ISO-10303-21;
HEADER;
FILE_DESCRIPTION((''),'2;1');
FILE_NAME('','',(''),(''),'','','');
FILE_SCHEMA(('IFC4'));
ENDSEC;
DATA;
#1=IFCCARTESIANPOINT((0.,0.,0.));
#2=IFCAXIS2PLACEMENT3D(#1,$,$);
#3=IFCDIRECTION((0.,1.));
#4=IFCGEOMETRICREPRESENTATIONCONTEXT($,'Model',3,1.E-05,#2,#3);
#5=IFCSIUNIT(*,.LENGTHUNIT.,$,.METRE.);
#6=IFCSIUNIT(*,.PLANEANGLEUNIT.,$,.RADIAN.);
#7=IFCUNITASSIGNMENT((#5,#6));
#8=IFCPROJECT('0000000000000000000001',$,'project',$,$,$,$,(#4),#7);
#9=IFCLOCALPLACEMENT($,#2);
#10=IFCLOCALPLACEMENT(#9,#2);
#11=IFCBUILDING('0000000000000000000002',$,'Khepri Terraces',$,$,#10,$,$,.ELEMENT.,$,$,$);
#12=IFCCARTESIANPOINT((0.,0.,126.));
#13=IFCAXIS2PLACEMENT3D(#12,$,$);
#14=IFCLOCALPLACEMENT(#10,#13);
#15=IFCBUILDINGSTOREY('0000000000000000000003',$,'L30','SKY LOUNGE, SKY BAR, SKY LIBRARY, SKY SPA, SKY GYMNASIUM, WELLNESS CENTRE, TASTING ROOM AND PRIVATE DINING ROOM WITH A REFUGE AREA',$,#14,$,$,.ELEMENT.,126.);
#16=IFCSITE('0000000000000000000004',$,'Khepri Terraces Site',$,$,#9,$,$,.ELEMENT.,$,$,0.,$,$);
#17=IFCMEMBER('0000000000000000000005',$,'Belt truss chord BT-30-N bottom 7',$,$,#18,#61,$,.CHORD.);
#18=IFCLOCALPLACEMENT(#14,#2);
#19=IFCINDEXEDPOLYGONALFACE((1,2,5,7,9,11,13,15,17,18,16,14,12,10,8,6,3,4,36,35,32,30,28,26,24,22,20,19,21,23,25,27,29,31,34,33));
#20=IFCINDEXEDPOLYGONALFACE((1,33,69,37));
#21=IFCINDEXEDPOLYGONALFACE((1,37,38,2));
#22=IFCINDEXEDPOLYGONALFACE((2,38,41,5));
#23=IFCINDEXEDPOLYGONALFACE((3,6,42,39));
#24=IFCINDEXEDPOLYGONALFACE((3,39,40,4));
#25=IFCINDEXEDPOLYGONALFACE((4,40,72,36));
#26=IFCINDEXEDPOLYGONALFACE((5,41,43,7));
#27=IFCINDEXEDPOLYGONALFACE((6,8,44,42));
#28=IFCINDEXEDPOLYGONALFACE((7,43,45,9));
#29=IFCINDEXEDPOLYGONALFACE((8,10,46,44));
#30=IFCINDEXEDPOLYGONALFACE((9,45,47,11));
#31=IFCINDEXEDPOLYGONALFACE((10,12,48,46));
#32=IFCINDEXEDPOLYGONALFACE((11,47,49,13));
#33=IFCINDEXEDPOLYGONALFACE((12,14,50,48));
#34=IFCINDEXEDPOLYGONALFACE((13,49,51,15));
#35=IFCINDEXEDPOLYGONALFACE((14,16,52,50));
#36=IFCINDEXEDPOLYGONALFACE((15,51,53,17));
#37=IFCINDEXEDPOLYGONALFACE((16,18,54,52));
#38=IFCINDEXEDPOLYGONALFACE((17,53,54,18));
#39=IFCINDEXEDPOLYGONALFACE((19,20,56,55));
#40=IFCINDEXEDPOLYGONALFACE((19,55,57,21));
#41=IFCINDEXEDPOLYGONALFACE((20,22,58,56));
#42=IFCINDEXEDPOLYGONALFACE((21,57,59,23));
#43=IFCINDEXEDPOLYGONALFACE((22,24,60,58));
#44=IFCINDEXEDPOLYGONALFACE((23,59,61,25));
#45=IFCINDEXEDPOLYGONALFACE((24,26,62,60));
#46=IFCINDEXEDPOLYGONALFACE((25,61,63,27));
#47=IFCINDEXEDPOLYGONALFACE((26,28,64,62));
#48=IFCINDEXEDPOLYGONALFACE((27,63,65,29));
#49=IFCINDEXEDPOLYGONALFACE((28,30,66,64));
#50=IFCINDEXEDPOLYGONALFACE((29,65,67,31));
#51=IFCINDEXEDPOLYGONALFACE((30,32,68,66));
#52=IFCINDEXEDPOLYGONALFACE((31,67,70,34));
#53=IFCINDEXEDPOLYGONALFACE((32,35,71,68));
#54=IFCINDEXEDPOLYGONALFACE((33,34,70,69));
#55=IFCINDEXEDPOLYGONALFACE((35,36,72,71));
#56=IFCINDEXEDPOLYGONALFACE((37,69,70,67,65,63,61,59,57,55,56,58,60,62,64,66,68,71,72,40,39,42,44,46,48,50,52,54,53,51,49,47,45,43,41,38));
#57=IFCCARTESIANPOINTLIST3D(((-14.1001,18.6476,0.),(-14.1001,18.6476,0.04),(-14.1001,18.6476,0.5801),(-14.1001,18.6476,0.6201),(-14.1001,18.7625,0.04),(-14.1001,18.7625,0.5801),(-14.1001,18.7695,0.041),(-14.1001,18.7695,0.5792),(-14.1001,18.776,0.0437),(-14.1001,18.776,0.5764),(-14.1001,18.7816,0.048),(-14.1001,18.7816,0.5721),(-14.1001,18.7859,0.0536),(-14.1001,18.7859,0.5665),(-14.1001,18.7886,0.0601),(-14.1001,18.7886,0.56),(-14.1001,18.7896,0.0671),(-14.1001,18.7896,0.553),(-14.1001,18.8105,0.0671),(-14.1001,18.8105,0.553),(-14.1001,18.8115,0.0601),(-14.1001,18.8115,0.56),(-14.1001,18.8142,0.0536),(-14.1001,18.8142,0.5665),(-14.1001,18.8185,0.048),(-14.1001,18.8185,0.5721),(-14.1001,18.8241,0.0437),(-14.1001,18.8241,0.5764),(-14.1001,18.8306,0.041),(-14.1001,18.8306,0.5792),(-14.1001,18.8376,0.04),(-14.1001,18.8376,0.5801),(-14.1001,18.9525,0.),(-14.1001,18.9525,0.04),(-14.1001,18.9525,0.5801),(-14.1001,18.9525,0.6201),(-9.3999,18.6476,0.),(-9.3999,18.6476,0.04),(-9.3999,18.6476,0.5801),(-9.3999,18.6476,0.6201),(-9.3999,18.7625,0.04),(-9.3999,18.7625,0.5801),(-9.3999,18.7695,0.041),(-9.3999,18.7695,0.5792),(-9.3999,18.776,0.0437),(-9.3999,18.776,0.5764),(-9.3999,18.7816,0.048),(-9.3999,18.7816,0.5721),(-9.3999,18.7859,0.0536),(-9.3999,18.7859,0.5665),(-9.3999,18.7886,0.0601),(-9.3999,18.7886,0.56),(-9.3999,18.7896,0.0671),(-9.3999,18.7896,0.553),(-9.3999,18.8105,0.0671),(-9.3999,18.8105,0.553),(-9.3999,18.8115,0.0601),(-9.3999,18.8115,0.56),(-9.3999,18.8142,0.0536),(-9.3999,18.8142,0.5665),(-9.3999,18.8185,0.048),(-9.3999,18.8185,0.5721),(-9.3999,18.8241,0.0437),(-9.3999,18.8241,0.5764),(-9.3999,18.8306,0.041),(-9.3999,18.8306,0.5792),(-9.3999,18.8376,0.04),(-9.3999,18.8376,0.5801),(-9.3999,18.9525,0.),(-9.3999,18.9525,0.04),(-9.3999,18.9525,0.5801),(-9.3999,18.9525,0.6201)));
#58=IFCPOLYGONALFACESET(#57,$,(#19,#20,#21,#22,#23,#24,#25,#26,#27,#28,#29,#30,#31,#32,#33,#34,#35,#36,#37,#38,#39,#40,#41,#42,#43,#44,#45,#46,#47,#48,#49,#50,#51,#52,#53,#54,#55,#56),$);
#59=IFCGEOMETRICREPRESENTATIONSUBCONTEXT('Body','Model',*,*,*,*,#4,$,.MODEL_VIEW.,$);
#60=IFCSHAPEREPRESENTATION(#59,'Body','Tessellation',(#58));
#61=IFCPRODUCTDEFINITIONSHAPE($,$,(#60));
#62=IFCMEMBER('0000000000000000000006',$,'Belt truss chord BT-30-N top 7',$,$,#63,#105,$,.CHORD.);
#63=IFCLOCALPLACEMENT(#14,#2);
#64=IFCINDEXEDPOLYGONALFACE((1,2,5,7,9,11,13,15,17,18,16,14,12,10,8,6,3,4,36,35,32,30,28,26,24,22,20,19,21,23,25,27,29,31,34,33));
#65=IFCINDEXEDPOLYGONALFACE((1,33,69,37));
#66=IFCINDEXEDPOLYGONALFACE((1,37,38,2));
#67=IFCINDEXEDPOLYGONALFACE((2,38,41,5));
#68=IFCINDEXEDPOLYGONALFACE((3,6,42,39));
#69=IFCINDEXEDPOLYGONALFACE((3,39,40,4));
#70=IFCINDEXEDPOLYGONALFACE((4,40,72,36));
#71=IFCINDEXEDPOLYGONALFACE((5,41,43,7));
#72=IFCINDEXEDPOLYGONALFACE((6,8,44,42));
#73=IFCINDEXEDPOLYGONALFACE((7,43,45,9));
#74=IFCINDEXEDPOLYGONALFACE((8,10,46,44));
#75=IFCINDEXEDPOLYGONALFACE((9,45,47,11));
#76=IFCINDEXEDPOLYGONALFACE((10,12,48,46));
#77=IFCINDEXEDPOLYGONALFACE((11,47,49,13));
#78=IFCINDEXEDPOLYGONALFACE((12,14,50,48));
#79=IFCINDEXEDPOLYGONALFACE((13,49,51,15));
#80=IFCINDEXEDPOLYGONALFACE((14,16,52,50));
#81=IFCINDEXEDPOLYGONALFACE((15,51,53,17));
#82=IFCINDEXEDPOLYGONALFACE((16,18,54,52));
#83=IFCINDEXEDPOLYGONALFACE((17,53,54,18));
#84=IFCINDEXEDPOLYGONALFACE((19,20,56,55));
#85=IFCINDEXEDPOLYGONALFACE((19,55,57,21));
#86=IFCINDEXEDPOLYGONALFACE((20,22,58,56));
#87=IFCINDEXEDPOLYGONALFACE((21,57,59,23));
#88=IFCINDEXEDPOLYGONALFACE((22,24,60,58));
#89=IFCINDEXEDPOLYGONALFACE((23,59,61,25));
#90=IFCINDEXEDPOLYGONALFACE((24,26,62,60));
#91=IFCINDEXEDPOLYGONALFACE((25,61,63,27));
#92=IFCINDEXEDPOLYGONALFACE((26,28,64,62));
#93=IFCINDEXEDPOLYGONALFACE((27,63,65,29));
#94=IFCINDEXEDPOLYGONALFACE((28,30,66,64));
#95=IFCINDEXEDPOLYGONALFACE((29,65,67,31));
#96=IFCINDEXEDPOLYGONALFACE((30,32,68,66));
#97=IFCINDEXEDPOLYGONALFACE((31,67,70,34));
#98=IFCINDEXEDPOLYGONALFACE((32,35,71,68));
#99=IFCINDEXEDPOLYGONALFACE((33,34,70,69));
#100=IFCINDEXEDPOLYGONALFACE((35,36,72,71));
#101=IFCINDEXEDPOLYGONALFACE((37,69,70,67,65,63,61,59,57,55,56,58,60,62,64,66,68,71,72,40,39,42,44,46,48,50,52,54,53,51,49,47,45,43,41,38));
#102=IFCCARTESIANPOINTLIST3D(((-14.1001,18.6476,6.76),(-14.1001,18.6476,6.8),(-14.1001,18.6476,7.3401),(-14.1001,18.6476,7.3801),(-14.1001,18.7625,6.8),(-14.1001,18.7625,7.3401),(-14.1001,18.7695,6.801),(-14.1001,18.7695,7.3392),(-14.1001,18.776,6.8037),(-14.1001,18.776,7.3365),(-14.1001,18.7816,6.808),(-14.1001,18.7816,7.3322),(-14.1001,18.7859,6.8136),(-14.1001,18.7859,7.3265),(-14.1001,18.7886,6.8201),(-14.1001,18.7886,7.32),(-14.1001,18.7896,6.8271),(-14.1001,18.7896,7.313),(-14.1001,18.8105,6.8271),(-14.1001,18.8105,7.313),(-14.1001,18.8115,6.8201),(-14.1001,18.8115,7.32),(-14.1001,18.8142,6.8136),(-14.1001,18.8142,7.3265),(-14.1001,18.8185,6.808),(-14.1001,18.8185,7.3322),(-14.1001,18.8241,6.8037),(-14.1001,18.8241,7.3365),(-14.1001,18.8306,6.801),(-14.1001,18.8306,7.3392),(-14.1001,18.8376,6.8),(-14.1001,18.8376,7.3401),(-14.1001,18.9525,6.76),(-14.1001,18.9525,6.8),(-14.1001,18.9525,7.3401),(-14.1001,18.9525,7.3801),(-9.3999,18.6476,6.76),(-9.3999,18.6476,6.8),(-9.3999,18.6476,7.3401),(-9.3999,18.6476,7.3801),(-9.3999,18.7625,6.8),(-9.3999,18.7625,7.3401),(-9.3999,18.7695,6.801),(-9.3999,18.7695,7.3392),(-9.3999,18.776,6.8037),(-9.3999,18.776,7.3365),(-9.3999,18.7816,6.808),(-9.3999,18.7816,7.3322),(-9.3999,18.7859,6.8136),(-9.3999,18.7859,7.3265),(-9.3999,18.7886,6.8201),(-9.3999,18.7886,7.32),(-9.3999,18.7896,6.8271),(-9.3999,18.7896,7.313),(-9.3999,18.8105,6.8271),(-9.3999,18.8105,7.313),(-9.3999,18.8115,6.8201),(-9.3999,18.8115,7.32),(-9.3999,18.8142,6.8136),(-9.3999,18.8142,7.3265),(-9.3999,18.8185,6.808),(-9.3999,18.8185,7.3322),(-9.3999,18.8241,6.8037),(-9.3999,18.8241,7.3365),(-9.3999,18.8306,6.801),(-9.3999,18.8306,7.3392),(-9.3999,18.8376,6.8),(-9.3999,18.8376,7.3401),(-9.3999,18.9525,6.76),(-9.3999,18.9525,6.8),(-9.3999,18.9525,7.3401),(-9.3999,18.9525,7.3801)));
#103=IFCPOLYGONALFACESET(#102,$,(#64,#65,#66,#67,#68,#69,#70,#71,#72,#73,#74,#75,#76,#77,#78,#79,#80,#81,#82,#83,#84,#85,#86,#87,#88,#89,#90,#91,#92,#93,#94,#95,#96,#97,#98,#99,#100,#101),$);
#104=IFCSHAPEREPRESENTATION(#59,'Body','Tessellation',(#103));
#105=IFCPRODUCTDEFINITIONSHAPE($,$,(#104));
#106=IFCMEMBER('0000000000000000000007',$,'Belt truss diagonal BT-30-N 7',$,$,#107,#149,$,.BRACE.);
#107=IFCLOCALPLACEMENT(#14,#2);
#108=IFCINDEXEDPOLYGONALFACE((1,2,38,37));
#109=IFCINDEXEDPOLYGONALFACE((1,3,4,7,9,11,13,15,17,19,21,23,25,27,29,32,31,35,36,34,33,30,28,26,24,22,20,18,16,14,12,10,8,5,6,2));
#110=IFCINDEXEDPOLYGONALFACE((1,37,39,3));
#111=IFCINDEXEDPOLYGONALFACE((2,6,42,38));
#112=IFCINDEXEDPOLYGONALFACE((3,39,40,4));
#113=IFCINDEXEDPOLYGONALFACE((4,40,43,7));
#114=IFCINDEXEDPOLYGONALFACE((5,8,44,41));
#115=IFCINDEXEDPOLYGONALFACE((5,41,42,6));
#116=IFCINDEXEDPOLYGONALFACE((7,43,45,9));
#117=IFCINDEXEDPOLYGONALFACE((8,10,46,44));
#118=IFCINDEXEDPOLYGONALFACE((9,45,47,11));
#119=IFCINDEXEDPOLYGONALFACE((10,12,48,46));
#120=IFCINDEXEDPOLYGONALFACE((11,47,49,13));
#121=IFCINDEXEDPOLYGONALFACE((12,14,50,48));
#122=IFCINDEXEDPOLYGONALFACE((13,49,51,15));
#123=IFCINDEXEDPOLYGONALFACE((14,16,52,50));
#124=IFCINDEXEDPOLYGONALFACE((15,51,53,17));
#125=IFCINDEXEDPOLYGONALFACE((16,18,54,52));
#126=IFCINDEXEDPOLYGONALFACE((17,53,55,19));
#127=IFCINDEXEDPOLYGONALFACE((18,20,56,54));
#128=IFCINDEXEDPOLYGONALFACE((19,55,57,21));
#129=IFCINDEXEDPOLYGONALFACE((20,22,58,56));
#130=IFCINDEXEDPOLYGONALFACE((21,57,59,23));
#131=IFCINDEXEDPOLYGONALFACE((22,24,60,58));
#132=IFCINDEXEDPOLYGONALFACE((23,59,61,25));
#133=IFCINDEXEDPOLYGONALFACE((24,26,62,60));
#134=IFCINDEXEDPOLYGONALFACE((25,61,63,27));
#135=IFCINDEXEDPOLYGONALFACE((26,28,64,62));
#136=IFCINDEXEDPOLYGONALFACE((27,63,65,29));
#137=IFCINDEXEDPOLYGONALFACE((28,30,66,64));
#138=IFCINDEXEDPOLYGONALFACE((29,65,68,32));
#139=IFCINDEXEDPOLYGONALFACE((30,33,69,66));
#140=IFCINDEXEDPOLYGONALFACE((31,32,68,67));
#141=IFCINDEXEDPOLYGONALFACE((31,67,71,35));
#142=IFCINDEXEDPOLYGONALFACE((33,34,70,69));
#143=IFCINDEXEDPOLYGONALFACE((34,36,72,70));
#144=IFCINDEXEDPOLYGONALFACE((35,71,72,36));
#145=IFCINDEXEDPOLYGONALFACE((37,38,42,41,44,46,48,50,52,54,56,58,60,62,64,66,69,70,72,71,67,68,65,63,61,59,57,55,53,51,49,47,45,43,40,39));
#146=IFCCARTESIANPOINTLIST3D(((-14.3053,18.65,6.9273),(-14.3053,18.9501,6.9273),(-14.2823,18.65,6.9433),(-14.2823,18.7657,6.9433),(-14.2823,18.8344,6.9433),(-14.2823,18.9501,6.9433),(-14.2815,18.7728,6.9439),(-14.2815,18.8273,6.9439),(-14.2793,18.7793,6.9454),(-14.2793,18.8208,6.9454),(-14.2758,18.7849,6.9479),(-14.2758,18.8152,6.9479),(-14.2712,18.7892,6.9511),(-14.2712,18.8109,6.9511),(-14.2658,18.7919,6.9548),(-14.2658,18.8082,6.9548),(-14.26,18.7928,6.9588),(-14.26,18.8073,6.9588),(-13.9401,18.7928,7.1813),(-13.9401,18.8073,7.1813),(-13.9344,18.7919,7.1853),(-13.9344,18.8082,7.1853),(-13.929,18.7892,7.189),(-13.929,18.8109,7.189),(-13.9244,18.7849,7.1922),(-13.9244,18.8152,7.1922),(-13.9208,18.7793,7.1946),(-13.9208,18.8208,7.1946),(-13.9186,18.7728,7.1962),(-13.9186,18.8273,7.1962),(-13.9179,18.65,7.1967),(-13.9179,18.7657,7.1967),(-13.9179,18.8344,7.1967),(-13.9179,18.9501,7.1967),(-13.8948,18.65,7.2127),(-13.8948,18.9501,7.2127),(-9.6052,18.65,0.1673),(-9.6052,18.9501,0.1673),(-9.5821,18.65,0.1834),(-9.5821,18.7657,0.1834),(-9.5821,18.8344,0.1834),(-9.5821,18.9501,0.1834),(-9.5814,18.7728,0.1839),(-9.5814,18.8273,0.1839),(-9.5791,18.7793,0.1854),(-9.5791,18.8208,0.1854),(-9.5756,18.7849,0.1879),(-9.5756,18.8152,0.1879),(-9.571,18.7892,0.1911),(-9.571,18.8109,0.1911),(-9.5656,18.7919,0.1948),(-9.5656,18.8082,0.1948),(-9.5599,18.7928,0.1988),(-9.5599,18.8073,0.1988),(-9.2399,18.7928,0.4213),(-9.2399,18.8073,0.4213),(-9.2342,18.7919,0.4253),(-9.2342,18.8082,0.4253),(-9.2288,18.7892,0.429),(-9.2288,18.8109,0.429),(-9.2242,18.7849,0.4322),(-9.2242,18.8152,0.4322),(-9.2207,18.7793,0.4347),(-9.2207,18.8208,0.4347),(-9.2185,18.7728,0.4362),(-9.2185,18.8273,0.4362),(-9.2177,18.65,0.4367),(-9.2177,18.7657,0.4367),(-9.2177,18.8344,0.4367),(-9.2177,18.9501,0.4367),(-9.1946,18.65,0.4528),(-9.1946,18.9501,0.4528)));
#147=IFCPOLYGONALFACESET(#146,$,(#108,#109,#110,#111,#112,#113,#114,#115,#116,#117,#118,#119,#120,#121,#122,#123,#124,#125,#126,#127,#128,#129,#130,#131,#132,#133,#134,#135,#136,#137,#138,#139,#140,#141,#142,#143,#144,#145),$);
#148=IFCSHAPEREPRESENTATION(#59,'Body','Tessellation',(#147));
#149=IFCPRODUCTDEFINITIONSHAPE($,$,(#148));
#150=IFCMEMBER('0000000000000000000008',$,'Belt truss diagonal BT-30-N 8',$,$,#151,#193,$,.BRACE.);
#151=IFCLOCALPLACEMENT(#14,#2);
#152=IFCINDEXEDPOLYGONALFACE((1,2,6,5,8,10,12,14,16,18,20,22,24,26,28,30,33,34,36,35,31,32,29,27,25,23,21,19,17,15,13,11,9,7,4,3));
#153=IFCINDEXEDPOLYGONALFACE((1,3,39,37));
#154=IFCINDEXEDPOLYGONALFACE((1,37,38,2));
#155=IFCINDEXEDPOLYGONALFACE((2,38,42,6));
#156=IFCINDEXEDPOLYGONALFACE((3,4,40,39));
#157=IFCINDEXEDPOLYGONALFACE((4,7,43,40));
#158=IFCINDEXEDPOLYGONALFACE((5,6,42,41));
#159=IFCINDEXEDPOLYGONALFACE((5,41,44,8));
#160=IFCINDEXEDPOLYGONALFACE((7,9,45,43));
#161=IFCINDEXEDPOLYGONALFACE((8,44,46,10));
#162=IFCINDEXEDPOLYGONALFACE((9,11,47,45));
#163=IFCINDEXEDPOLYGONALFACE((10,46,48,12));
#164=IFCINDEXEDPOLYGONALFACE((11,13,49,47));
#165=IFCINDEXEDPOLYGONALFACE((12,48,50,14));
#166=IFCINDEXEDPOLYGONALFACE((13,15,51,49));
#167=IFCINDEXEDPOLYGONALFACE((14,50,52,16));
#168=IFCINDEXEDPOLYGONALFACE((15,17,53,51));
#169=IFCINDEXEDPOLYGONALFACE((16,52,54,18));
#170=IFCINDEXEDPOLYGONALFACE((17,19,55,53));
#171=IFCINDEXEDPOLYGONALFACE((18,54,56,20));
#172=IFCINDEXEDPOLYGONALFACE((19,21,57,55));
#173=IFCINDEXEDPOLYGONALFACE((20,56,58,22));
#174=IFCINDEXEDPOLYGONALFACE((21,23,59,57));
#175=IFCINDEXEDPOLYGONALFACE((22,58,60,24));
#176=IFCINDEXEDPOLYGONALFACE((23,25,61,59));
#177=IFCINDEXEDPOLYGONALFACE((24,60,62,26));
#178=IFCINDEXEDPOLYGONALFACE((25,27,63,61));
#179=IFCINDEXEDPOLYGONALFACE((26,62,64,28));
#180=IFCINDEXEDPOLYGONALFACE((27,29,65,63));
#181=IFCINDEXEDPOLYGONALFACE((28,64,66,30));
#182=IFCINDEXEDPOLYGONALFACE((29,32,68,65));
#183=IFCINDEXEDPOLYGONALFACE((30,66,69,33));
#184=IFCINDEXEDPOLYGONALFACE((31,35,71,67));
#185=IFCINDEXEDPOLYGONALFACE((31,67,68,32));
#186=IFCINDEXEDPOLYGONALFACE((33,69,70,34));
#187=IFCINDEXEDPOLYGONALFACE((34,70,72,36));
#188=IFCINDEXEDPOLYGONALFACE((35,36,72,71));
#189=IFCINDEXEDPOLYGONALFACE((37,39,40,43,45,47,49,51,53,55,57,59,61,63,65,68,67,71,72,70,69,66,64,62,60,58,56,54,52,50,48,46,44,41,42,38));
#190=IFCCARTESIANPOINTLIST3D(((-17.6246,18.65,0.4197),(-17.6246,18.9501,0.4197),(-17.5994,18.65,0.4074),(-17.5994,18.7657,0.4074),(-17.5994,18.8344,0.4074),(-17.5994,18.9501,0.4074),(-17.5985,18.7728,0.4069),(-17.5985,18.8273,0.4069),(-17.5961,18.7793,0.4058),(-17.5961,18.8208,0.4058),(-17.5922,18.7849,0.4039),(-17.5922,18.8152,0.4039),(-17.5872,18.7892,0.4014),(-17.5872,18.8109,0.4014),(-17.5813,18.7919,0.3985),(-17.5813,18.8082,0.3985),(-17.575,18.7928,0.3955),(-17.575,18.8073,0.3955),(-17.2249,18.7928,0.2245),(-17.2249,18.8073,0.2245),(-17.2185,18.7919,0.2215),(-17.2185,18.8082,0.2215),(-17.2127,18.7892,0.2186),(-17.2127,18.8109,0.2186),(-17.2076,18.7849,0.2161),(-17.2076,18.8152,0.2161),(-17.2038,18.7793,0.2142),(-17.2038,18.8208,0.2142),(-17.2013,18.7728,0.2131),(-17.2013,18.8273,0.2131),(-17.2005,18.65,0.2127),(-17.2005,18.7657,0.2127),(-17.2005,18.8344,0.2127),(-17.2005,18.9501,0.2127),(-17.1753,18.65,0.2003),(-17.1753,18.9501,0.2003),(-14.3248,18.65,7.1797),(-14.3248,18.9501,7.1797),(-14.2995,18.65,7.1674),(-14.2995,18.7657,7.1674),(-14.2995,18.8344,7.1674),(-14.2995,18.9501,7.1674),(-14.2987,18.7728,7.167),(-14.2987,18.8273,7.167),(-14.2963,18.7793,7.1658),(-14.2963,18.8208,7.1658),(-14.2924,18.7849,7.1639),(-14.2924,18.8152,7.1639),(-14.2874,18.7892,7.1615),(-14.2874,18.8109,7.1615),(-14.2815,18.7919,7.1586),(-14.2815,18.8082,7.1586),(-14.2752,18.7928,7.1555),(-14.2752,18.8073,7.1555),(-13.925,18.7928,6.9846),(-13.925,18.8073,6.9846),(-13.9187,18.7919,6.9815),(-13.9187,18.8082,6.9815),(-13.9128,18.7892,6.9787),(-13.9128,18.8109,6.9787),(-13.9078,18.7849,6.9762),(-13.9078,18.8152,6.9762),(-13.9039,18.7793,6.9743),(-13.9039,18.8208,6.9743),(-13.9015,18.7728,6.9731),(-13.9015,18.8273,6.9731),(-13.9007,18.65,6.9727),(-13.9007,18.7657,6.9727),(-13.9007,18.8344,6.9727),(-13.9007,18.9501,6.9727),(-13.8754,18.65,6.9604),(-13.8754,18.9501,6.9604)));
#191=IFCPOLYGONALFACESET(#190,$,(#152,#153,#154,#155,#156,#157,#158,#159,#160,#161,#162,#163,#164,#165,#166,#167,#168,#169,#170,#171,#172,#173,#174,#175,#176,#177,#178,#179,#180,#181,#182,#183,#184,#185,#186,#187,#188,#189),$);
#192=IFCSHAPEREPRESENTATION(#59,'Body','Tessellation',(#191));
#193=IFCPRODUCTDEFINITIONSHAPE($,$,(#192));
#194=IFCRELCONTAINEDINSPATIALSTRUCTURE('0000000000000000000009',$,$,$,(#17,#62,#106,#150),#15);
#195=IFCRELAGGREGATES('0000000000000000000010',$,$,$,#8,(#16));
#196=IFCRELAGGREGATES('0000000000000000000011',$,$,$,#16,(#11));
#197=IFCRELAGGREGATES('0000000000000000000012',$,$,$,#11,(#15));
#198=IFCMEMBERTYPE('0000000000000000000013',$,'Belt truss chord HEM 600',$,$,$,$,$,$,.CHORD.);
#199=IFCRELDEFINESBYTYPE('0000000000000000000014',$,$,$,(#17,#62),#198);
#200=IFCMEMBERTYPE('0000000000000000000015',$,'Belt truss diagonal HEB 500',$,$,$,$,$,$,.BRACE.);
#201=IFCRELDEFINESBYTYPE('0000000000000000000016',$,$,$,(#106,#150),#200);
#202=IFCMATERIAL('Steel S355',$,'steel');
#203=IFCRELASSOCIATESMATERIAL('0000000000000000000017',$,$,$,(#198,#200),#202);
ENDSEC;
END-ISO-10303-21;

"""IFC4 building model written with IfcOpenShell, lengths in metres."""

from ifc_helpers import new_model, si_unit, direction, frame, origin, origin_2d, place, context, subcontext, project, spatial, i_section, extrude, material, material_profile, profile_set, type_object, element, save


model = new_model("IFC4")

# Units and contexts
model_context = context("Model", 3, precision=1e-05, world=origin(), true_north=direction((0.0, 1.0)))
body_context = subcontext(model_context, "Body", "Model", "MODEL_VIEW")
ifc_project = project(units=[si_unit("LENGTHUNIT", "METRE"), si_unit("PLANEANGLEUNIT", "RADIAN")], contexts=[model_context])

# Site, building, storey
site_placement = place(None, origin())
site = spatial("IfcSite", under=ifc_project, at=site_placement, Name="Khepri Terraces Site", CompositionType="ELEMENT", RefElevation=0.0)
building_placement = place(site_placement, origin())
building = spatial("IfcBuilding", under=site, at=building_placement, Name="Khepri Terraces", CompositionType="ELEMENT")
storey_placement = place(building_placement, frame((0.0, 0.0, 126.0)))
storey = spatial("IfcBuildingStorey", under=building, at=storey_placement, Name="L30", Description="SKY LOUNGE, SKY BAR, SKY LIBRARY, SKY SPA, SKY GYMNASIUM, WELLNESS CENTRE, TASTING ROOM AND PRIVATE DINING ROOM WITH A REFUGE AREA", CompositionType="ELEMENT", Elevation=126.0)

# Members
ifc_material_1 = material(Name="Steel S355", Category="steel")
ifc_material_profile_1 = material_profile(ifc_material_1, i_section(OverallWidth=0.3049, OverallDepth=0.6201, WebThickness=0.021, FlangeThickness=0.04, FilletRadius=0.0271, at=origin_2d()), Name="Steel S355", Category="steel")
ifc_profile_set_1 = profile_set([ifc_material_profile_1], Name="Steel S355")
member_type_1 = type_object("IfcMemberType", Name="Belt truss chord HEM 600", PredefinedType="CHORD", material=ifc_profile_set_1)
for number, where, z_axis, x_axis, name in (
    (1, (-9.3999, 18.8, 0.3101), (-1.0, 0.0, 0.0), (0.0, -1.0, 0.0), "Belt truss chord BT-30-N bottom 7"),
    (2, (-9.3999, 18.8, 7.0701), (-1.0, 0.0, 0.0), (0.0, -1.0, 0.0), "Belt truss chord BT-30-N top 7"),
):
    element("IfcMember", number, at=place(storey_placement, frame(where, z_axis=z_axis, x_axis=x_axis)), inside=storey, type_object=member_type_1, Name=name, PredefinedType="CHORD", context=body_context, shape_type="SweptSolid", body=[
        extrude(i_section(OverallWidth=0.3049, OverallDepth=0.6201, WebThickness=0.021, FlangeThickness=0.04, FilletRadius=0.0271, at=origin_2d()), origin(), (0.0, 0.0, 1.0), 4.7002),
    ])
ifc_material_profile_2 = material_profile(ifc_material_1, i_section(OverallWidth=0.3, OverallDepth=0.5, WebThickness=0.0144, FlangeThickness=0.0281, FilletRadius=0.0271, at=origin_2d()), Name="Steel S355", Category="steel")
ifc_profile_set_2 = profile_set([ifc_material_profile_2], Name="Steel S355")
member_type_2 = type_object("IfcMemberType", Name="Belt truss diagonal HEB 500", PredefinedType="BRACE", material=ifc_profile_set_2)
member_1_placement = place(storey_placement, frame((-9.3999, 18.8, 0.3101), z_axis=(-0.570866, 0.0, 0.821043), x_axis=(0.0, -1.0, 0.0)))
element("IfcMember", 3, at=member_1_placement, inside=storey, type_object=member_type_2, Name="Belt truss diagonal BT-30-N 7", PredefinedType="BRACE", context=body_context, shape_type="SweptSolid", body=[
    extrude(i_section(OverallWidth=0.3, OverallDepth=0.5, WebThickness=0.0144, FlangeThickness=0.0281, FilletRadius=0.0271, at=origin_2d()), origin(), (0.0, 0.0, 1.0), 8.2334),
])
member_2_placement = place(storey_placement, frame((-14.1001, 18.8, 7.0701), z_axis=(-0.438664, 0.0, -0.898651), x_axis=(0.0, -1.0, 0.0)))
element("IfcMember", 4, at=member_2_placement, inside=storey, type_object=member_type_2, Name="Belt truss diagonal BT-30-N 8", PredefinedType="BRACE", context=body_context, shape_type="SweptSolid", body=[
    extrude(i_section(OverallWidth=0.3, OverallDepth=0.5, WebThickness=0.0144, FlangeThickness=0.0281, FilletRadius=0.0271, at=origin_2d()), origin(), (0.0, 0.0, 1.0), 7.5225),
])

save(model, "model.ifc")
